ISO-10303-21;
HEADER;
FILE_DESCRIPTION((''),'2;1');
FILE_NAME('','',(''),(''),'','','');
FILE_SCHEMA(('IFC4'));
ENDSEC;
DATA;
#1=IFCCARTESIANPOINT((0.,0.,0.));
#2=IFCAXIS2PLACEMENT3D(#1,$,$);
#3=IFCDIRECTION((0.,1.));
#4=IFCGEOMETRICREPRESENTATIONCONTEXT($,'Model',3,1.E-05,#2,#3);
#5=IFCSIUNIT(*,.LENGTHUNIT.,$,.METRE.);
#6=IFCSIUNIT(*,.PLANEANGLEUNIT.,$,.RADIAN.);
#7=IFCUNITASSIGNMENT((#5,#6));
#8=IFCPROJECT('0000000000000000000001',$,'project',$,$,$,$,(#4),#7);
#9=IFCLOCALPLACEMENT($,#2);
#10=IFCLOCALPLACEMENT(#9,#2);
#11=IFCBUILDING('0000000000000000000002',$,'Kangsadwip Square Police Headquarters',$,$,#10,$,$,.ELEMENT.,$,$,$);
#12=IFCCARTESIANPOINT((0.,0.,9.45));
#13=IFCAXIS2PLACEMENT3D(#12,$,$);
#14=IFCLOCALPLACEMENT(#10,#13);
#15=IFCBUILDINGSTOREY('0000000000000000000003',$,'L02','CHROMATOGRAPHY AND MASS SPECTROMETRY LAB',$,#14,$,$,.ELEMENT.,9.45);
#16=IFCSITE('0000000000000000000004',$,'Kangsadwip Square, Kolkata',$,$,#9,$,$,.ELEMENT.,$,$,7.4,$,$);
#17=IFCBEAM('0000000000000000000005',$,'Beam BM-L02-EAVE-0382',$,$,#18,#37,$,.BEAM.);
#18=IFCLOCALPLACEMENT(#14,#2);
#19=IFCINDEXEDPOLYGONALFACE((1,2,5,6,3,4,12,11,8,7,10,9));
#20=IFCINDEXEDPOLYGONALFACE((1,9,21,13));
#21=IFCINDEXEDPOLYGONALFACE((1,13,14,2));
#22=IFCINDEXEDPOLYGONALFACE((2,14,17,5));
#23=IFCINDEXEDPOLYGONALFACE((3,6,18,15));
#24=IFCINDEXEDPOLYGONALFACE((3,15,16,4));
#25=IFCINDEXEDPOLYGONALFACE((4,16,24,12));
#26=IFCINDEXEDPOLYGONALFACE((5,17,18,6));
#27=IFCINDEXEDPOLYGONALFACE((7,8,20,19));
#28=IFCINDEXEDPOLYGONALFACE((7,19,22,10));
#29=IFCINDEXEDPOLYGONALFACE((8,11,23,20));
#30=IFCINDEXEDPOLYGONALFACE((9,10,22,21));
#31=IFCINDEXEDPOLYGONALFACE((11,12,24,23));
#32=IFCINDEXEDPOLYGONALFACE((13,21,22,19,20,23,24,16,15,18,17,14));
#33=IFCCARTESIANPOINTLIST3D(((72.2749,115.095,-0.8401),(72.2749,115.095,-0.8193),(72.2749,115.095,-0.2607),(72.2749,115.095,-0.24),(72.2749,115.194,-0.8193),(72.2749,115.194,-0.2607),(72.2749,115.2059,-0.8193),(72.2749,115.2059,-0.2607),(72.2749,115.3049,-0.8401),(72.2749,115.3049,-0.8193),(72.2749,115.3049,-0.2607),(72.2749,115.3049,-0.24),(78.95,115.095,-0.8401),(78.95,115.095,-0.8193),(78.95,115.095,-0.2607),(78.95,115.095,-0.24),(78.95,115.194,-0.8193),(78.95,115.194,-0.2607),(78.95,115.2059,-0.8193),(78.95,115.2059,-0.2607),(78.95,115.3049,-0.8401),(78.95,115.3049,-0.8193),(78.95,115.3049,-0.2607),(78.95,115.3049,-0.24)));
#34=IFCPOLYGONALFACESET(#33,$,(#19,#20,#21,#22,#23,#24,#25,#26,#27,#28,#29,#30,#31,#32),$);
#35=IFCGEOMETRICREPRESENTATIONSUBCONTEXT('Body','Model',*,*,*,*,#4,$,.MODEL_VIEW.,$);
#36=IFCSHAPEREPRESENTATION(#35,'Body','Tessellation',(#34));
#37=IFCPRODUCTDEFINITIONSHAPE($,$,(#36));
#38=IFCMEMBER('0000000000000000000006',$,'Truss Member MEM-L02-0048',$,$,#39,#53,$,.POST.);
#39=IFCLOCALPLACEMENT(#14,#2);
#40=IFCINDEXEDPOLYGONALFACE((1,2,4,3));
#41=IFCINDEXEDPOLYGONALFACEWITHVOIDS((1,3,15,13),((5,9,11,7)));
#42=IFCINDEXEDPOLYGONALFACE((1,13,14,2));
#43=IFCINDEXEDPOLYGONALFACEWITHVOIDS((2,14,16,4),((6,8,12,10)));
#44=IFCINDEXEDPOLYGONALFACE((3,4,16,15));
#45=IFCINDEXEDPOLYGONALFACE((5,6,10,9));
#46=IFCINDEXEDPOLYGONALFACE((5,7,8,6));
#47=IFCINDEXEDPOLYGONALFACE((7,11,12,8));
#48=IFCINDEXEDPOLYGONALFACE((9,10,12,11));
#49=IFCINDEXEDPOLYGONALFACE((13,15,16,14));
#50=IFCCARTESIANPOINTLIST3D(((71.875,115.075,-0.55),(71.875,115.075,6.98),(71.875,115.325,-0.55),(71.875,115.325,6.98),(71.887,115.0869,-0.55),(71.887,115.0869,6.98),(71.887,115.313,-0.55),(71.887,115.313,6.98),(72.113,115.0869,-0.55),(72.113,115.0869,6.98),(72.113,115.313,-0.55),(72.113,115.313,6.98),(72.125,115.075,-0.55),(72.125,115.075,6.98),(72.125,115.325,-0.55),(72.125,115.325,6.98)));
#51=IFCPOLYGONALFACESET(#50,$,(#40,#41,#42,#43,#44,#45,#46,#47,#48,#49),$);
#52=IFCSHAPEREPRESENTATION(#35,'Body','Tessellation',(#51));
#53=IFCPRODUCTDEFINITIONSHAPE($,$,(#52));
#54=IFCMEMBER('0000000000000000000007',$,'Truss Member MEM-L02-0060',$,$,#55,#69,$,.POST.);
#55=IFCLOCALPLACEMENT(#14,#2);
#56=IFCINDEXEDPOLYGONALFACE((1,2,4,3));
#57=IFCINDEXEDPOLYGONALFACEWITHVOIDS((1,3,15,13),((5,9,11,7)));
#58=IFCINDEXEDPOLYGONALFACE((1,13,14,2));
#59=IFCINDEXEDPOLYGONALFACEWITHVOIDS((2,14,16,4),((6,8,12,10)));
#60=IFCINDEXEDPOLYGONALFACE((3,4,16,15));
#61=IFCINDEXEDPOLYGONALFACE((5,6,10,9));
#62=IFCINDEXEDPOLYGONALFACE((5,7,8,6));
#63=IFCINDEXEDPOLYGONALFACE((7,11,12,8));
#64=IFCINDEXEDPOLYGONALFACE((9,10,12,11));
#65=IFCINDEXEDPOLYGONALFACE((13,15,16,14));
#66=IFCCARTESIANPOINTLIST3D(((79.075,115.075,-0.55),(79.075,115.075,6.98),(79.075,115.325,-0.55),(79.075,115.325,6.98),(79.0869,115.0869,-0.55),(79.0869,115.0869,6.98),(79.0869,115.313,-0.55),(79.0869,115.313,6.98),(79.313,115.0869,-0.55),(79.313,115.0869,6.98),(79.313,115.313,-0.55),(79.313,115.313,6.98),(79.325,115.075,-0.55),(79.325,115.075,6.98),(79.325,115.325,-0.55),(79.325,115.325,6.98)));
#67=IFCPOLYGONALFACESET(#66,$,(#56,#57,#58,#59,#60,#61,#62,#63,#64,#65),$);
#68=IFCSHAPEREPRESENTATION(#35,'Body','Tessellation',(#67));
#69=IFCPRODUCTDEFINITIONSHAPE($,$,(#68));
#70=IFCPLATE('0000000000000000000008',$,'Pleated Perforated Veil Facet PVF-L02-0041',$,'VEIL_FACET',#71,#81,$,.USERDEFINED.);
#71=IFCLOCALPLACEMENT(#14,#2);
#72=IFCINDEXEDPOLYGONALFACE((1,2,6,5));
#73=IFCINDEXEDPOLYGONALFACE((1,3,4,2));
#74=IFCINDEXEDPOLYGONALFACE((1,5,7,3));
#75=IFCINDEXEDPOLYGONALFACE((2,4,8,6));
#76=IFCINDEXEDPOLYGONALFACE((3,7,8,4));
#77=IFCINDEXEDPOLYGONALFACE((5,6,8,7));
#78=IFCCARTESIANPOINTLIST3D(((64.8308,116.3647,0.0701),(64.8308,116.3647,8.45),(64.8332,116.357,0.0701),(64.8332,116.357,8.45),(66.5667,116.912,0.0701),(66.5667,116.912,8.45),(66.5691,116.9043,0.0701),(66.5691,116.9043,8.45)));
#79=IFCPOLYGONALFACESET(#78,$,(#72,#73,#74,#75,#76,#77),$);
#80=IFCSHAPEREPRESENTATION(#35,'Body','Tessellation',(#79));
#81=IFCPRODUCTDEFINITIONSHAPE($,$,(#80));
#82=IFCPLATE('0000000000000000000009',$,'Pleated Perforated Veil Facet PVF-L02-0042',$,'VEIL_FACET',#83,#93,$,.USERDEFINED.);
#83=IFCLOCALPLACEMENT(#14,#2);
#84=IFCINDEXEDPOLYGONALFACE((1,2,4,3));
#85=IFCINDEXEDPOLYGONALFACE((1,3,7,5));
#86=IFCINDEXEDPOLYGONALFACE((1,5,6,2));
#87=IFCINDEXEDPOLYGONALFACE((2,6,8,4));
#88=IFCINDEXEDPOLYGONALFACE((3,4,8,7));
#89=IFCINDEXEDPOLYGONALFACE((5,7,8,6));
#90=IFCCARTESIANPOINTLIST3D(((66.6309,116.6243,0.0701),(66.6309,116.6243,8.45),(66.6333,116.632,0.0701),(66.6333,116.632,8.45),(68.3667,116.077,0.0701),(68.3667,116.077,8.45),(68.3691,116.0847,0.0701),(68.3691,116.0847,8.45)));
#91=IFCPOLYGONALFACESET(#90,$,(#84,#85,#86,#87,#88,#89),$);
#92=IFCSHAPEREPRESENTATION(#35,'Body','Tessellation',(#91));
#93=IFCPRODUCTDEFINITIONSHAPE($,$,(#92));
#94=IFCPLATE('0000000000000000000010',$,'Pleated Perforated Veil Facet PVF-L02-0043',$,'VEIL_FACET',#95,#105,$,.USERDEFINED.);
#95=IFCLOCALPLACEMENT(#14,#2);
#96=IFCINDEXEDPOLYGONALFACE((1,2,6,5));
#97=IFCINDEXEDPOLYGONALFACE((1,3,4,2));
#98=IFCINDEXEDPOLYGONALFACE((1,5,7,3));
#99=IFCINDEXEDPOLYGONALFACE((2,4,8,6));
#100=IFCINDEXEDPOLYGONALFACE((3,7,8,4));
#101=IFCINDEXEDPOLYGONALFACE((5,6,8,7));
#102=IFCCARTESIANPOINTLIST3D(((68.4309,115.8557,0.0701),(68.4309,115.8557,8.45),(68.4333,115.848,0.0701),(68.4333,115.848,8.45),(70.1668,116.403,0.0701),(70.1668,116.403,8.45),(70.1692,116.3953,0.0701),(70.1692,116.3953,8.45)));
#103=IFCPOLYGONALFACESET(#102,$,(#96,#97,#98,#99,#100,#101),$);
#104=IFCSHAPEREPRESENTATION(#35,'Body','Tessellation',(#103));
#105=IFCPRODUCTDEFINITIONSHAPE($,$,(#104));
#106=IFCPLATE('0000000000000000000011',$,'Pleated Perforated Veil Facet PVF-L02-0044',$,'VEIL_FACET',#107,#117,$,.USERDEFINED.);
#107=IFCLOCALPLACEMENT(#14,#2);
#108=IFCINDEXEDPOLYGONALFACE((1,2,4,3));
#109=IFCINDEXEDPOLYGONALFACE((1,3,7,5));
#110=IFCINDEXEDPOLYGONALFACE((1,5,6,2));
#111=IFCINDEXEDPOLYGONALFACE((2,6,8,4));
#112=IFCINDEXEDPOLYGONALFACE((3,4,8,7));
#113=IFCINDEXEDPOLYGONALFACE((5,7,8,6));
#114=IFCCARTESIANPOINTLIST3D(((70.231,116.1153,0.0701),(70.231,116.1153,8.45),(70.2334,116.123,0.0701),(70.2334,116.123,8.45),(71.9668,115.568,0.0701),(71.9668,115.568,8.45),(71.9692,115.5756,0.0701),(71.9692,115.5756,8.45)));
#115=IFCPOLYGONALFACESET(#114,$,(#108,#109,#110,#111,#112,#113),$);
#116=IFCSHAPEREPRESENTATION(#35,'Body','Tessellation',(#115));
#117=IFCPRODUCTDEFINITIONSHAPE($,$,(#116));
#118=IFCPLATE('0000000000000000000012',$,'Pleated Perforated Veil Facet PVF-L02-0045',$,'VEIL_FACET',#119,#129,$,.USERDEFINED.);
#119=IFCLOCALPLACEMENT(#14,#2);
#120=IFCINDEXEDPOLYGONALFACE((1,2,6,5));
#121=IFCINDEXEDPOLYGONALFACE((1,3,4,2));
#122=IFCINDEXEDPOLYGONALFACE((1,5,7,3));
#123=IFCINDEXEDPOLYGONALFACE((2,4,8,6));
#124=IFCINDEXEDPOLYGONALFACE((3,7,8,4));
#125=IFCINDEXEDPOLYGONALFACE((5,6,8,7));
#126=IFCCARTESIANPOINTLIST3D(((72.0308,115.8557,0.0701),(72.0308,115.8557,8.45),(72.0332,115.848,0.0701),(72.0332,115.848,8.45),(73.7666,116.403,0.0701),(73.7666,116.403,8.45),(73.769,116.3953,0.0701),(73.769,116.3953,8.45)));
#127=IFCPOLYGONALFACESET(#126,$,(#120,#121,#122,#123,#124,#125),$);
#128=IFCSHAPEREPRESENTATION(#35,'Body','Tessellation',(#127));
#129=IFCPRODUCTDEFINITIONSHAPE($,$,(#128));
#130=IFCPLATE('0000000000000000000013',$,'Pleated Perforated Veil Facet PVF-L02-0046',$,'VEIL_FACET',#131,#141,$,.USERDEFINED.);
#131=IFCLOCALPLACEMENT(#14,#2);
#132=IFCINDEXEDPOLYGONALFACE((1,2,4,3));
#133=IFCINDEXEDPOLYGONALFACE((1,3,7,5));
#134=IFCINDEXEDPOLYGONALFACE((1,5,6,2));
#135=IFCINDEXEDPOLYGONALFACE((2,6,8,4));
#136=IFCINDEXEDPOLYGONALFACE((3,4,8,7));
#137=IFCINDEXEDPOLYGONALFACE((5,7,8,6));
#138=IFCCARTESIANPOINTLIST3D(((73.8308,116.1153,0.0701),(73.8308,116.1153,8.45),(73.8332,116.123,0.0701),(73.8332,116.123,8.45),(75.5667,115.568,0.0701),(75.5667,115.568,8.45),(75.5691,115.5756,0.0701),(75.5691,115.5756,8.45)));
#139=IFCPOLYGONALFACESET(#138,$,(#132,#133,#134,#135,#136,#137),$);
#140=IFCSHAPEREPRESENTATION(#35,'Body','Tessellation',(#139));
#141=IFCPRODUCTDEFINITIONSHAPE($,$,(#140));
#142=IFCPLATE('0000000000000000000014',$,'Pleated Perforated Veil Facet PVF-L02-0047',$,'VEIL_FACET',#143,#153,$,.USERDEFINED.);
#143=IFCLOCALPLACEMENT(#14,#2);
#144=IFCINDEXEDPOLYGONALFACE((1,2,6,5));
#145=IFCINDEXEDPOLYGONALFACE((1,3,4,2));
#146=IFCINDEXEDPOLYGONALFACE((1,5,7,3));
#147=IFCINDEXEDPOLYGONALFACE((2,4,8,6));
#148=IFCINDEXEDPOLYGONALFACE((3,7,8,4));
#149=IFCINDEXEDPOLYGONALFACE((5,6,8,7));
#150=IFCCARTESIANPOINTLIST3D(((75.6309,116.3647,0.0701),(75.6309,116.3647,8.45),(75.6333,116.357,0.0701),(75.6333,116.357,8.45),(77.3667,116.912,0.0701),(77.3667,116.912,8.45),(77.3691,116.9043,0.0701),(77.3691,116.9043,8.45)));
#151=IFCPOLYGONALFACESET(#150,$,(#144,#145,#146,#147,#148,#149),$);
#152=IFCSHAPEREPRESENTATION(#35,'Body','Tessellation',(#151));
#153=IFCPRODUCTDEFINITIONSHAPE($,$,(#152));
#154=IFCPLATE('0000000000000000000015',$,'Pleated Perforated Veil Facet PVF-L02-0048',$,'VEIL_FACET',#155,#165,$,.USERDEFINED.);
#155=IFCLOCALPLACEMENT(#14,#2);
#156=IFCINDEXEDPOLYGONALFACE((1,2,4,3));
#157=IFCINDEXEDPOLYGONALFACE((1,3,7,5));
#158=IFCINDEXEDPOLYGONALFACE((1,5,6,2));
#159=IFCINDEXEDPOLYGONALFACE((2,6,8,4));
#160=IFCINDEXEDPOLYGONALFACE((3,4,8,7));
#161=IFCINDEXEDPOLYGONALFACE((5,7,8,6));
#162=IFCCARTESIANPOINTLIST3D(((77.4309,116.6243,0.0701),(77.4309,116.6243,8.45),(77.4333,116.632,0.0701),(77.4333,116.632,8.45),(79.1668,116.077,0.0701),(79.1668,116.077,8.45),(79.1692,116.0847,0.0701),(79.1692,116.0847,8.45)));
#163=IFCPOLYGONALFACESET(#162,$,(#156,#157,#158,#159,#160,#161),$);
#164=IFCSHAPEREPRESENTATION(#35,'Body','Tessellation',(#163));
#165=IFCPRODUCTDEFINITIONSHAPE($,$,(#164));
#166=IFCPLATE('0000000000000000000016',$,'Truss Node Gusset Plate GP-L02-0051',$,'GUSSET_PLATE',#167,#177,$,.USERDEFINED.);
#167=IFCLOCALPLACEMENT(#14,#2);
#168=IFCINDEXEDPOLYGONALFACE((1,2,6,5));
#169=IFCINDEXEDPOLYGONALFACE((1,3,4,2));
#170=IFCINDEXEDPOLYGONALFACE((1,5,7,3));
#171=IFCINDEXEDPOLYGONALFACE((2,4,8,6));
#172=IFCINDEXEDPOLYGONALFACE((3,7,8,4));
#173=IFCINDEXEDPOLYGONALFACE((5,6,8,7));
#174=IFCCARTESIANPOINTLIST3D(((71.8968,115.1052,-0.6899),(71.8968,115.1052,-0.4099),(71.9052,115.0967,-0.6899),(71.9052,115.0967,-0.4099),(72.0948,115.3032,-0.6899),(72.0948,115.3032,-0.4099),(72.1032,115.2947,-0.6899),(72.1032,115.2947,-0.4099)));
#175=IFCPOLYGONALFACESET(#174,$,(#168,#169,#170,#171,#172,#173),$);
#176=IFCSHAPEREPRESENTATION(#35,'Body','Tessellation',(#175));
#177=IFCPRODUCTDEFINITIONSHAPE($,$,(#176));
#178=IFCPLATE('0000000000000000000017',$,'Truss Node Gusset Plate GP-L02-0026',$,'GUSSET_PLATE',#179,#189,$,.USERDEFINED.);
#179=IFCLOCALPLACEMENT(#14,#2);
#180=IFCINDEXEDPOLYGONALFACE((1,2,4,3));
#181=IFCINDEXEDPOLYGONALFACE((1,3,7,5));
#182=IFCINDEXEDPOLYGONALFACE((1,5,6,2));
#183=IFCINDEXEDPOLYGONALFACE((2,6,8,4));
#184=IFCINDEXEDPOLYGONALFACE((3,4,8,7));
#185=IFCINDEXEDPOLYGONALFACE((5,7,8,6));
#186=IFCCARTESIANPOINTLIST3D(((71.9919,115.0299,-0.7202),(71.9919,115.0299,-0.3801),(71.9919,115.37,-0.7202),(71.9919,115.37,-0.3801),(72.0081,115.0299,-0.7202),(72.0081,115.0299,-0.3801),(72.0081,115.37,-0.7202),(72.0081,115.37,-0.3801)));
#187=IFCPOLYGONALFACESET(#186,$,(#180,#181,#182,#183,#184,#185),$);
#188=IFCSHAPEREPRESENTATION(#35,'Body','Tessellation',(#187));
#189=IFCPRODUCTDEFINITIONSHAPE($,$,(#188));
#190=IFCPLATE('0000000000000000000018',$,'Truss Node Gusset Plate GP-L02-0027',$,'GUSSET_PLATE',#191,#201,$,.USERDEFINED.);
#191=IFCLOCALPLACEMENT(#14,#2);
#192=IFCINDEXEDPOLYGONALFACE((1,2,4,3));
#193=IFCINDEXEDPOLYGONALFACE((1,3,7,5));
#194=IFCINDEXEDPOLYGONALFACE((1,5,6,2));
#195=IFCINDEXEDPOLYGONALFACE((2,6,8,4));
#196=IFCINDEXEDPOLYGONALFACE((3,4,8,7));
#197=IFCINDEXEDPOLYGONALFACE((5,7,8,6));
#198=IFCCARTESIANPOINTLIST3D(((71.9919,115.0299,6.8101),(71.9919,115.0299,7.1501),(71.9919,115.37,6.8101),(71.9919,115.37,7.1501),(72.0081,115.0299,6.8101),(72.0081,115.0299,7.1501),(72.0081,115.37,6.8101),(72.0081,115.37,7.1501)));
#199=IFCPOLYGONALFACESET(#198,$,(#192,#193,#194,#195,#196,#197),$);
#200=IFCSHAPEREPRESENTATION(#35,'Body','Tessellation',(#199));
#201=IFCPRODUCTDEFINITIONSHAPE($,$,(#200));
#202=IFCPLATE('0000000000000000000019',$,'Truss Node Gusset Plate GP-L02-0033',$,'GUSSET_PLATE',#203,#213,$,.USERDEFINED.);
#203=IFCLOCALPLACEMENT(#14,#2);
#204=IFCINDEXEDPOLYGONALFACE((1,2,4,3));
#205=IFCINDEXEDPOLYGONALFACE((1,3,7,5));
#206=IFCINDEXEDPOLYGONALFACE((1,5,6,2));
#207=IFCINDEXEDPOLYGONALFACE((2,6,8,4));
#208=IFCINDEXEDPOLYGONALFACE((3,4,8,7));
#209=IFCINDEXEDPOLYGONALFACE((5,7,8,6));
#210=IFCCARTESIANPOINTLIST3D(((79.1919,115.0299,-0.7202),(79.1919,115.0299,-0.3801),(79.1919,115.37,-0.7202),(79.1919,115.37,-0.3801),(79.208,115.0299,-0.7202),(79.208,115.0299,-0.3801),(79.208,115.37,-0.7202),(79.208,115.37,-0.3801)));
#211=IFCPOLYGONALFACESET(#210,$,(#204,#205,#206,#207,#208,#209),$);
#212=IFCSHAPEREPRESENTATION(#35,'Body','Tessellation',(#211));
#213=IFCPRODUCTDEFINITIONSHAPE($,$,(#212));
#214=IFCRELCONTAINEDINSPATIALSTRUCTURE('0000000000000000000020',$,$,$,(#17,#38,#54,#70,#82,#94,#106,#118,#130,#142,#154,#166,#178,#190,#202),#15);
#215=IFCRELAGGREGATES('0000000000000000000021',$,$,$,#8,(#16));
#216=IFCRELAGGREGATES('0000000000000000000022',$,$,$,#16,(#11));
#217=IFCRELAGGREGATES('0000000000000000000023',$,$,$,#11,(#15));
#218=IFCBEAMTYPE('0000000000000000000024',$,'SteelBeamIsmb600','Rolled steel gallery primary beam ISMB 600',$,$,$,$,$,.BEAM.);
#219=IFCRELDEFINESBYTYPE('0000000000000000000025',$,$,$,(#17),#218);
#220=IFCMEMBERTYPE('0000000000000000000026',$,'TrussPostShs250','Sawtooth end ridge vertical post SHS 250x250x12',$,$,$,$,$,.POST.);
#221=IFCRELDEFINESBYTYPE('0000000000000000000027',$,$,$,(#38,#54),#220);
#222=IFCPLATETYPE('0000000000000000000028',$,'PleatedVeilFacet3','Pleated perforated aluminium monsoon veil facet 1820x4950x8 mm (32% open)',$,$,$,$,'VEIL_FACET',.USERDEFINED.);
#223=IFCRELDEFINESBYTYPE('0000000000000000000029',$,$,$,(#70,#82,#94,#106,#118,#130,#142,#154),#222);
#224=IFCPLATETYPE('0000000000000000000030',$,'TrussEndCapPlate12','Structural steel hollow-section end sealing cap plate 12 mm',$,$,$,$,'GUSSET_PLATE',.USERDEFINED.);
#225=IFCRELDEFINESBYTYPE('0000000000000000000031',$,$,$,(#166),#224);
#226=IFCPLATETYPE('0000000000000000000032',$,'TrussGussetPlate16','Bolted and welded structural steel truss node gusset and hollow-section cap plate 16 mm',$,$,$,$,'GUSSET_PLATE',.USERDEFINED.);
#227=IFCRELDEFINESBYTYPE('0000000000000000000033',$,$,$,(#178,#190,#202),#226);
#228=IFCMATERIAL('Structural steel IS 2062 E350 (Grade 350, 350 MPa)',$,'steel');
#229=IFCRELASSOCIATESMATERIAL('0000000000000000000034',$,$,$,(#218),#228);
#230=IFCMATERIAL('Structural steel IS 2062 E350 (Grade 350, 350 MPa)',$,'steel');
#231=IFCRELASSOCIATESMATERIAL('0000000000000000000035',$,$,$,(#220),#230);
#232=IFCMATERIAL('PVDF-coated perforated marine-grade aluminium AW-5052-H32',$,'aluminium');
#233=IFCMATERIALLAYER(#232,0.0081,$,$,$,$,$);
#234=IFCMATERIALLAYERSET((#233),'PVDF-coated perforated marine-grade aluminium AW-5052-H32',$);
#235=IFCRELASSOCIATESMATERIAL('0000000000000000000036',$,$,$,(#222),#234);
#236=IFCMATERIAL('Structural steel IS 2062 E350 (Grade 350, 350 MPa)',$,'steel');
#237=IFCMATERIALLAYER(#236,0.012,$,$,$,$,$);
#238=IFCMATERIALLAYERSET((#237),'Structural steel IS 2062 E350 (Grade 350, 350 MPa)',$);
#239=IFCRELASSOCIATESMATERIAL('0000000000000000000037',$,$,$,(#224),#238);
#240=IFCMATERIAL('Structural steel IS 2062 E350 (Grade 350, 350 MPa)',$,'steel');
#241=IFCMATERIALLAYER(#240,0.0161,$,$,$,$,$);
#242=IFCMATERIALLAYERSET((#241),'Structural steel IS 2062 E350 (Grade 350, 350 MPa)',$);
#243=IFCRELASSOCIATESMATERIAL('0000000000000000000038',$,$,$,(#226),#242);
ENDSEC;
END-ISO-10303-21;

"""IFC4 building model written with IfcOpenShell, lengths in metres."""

from ifc_helpers import new_model, si_unit, direction, frame, origin, origin_2d, place, context, subcontext, project, spatial, rectangle, hollow_rectangle, i_section, extrude, material, layer, layer_set, material_profile, profile_set, type_object, element, save


model = new_model("IFC4")

# Units and contexts
model_context = context("Model", 3, precision=1e-05, world=origin(), true_north=direction((0.0, 1.0)))
body_context = subcontext(model_context, "Body", "Model", "MODEL_VIEW")
ifc_project = project(units=[si_unit("LENGTHUNIT", "METRE"), si_unit("PLANEANGLEUNIT", "RADIAN")], contexts=[model_context])

# Site, building, storey
site_placement = place(None, origin())
site = spatial("IfcSite", under=ifc_project, at=site_placement, Name="Kangsadwip Square, Kolkata", CompositionType="ELEMENT", RefElevation=7.4)
building_placement = place(site_placement, origin())
building = spatial("IfcBuilding", under=site, at=building_placement, Name="Kangsadwip Square Police Headquarters", CompositionType="ELEMENT")
storey_placement = place(building_placement, frame((0.0, 0.0, 9.45)))
storey = spatial("IfcBuildingStorey", under=building, at=storey_placement, Name="L02", Description="CHROMATOGRAPHY AND MASS SPECTROMETRY LAB", CompositionType="ELEMENT", Elevation=9.45)

# Beam
ifc_material_1 = material(Name="Structural steel IS 2062 E350 (Grade 350, 350 MPa)", Category="steel")
ifc_material_profile_1 = material_profile(ifc_material_1, i_section(OverallWidth=0.21, OverallDepth=0.6001, WebThickness=0.012, FlangeThickness=0.0208, at=origin_2d()), Name="ISMB 600")
ifc_profile_set_1 = profile_set([ifc_material_profile_1], Name="Structural steel IS 2062 E350 (Grade 350, 350 MPa)")
beam_type = type_object("IfcBeamType", Name="SteelBeamIsmb600", Description="Rolled steel gallery primary beam ISMB 600", PredefinedType="BEAM", material=ifc_profile_set_1)
beam_placement = place(storey_placement, frame((72.2749, 115.2, -0.54), z_axis=(1.0, 0.0, 0.0), x_axis=(0.0, 1.0, 0.0)))
element("IfcBeam", 1, at=beam_placement, inside=storey, type_object=beam_type, Name="Beam BM-L02-EAVE-0382", PredefinedType="BEAM", context=body_context, shape_type="SweptSolid", body=[
    extrude(i_section(OverallWidth=0.21, OverallDepth=0.6001, WebThickness=0.012, FlangeThickness=0.0208, at=origin_2d()), origin(), (0.0, 0.0, 1.0), 6.675),
])

# Members
ifc_material_2 = material(Name="Structural steel IS 2062 E350 (Grade 350, 350 MPa)", Category="steel")
ifc_material_profile_2 = material_profile(ifc_material_2, hollow_rectangle(XDim=0.25, YDim=0.25, WallThickness=0.012, at=origin_2d()), Name="SHS 250X250X12")
ifc_profile_set_2 = profile_set([ifc_material_profile_2], Name="Structural steel IS 2062 E350 (Grade 350, 350 MPa)")
member_type = type_object("IfcMemberType", Name="TrussPostShs250", Description="Sawtooth end ridge vertical post SHS 250x250x12", PredefinedType="POST", material=ifc_profile_set_2)
for number, where, z_axis, x_axis, name in (
    (2, (72.0, 115.2, -0.55), (0.0, 0.0, 1.0), (1.0, 0.0, 0.0), "Truss Member MEM-L02-0048"),
    (3, (79.2, 115.2, -0.55), (0.0, 0.0, 1.0), (1.0, 0.0, 0.0), "Truss Member MEM-L02-0060"),
):
    element("IfcMember", number, at=place(storey_placement, frame(where, z_axis=z_axis, x_axis=x_axis)), inside=storey, type_object=member_type, Name=name, PredefinedType="POST", context=body_context, shape_type="SweptSolid", body=[
        extrude(hollow_rectangle(XDim=0.25, YDim=0.25, WallThickness=0.012, at=origin_2d()), origin(), (0.0, 0.0, 1.0), 7.53),
    ])

# Plates
ifc_material_3 = material(Name="PVDF-coated perforated marine-grade aluminium AW-5052-H32", Category="aluminium")
ifc_layer_1 = layer(ifc_material_3, 0.0081)
ifc_layer_set_1 = layer_set([ifc_layer_1], Name="PVDF-coated perforated marine-grade aluminium AW-5052-H32")
plate_type_1 = type_object("IfcPlateType", Name="PleatedVeilFacet3", Description="Pleated perforated aluminium monsoon veil facet 1820x4950x8 mm (32% open)", ElementType="VEIL_FACET", PredefinedType="USERDEFINED", material=ifc_layer_set_1)
for number, where, z_axis, x_axis, name in (
    (4, (65.7, 116.6345, 0.0701), (0.0, 0.0, 1.0), (0.953717, 0.300706, 0.0), "Pleated Perforated Veil Facet PVF-L02-0041"),
    (5, (67.5, 116.3545, 0.0701), (0.0, 0.0, 1.0), (0.953717, -0.300706, 0.0), "Pleated Perforated Veil Facet PVF-L02-0042"),
    (6, (69.3, 116.1255, 0.0701), (0.0, 0.0, 1.0), (0.953717, 0.300706, 0.0), "Pleated Perforated Veil Facet PVF-L02-0043"),
    (7, (71.1001, 115.8455, 0.0701), (0.0, 0.0, 1.0), (0.953717, -0.300706, 0.0), "Pleated Perforated Veil Facet PVF-L02-0044"),
    (8, (72.8999, 116.1255, 0.0701), (0.0, 0.0, 1.0), (0.953717, 0.300706, 0.0), "Pleated Perforated Veil Facet PVF-L02-0045"),
    (9, (74.7, 115.8455, 0.0701), (0.0, 0.0, 1.0), (0.953717, -0.300706, 0.0), "Pleated Perforated Veil Facet PVF-L02-0046"),
    (10, (76.5, 116.6345, 0.0701), (0.0, 0.0, 1.0), (0.953717, 0.300706, 0.0), "Pleated Perforated Veil Facet PVF-L02-0047"),
    (11, (78.3, 116.3545, 0.0701), (0.0, 0.0, 1.0), (0.953717, -0.300706, 0.0), "Pleated Perforated Veil Facet PVF-L02-0048"),
):
    element("IfcPlate", number, at=place(storey_placement, frame(where, z_axis=z_axis, x_axis=x_axis)), inside=storey, type_object=plate_type_1, Name=name, ObjectType="VEIL_FACET", PredefinedType="USERDEFINED", context=body_context, shape_type="SweptSolid", body=[
        extrude(rectangle(XDim=1.8201, YDim=0.0081, at=origin_2d()), origin(), (0.0, 0.0, 1.0), 8.3799),
    ])
ifc_material_4 = material(Name="Structural steel IS 2062 E350 (Grade 350, 350 MPa)", Category="steel")
ifc_layer_2 = layer(ifc_material_4, 0.012)
ifc_layer_set_2 = layer_set([ifc_layer_2], Name="Structural steel IS 2062 E350 (Grade 350, 350 MPa)")
plate_type_2 = type_object("IfcPlateType", Name="TrussEndCapPlate12", Description="Structural steel hollow-section end sealing cap plate 12 mm", ElementType="GUSSET_PLATE", PredefinedType="USERDEFINED", material=ifc_layer_set_2)
plate_placement = place(storey_placement, frame((72.0, 115.2, -0.6899), z_axis=(0.0, 0.0, 1.0), x_axis=(0.707107, 0.707107, 0.0)))
element("IfcPlate", 12, at=plate_placement, inside=storey, type_object=plate_type_2, Name="Truss Node Gusset Plate GP-L02-0051", ObjectType="GUSSET_PLATE", PredefinedType="USERDEFINED", context=body_context, shape_type="SweptSolid", body=[
    extrude(rectangle(XDim=0.28, YDim=0.012, at=origin_2d()), origin(), (0.0, 0.0, 1.0), 0.28),
])
ifc_material_5 = material(Name="Structural steel IS 2062 E350 (Grade 350, 350 MPa)", Category="steel")
ifc_layer_3 = layer(ifc_material_5, 0.0161)
ifc_layer_set_3 = layer_set([ifc_layer_3], Name="Structural steel IS 2062 E350 (Grade 350, 350 MPa)")
plate_type_3 = type_object("IfcPlateType", Name="TrussGussetPlate16", Description="Bolted and welded structural steel truss node gusset and hollow-section cap plate 16 mm", ElementType="GUSSET_PLATE", PredefinedType="USERDEFINED", material=ifc_layer_set_3)
for number, where, z_axis, x_axis, name in (
    (13, (72.0, 115.2, -0.7202), (0.0, 0.0, 1.0), (0.0, 1.0, 0.0), "Truss Node Gusset Plate GP-L02-0026"),
    (14, (72.0, 115.2, 6.8101), (0.0, 0.0, 1.0), (0.0, 1.0, 0.0), "Truss Node Gusset Plate GP-L02-0027"),
    (15, (79.2, 115.2, -0.7202), (0.0, 0.0, 1.0), (0.0, 1.0, 0.0), "Truss Node Gusset Plate GP-L02-0033"),
):
    element("IfcPlate", number, at=place(storey_placement, frame(where, z_axis=z_axis, x_axis=x_axis)), inside=storey, type_object=plate_type_3, Name=name, ObjectType="GUSSET_PLATE", PredefinedType="USERDEFINED", context=body_context, shape_type="SweptSolid", body=[
        extrude(rectangle(XDim=0.3401, YDim=0.0161, at=origin_2d()), origin(), (0.0, 0.0, 1.0), 0.3401),
    ])

save(model, "model.ifc")
